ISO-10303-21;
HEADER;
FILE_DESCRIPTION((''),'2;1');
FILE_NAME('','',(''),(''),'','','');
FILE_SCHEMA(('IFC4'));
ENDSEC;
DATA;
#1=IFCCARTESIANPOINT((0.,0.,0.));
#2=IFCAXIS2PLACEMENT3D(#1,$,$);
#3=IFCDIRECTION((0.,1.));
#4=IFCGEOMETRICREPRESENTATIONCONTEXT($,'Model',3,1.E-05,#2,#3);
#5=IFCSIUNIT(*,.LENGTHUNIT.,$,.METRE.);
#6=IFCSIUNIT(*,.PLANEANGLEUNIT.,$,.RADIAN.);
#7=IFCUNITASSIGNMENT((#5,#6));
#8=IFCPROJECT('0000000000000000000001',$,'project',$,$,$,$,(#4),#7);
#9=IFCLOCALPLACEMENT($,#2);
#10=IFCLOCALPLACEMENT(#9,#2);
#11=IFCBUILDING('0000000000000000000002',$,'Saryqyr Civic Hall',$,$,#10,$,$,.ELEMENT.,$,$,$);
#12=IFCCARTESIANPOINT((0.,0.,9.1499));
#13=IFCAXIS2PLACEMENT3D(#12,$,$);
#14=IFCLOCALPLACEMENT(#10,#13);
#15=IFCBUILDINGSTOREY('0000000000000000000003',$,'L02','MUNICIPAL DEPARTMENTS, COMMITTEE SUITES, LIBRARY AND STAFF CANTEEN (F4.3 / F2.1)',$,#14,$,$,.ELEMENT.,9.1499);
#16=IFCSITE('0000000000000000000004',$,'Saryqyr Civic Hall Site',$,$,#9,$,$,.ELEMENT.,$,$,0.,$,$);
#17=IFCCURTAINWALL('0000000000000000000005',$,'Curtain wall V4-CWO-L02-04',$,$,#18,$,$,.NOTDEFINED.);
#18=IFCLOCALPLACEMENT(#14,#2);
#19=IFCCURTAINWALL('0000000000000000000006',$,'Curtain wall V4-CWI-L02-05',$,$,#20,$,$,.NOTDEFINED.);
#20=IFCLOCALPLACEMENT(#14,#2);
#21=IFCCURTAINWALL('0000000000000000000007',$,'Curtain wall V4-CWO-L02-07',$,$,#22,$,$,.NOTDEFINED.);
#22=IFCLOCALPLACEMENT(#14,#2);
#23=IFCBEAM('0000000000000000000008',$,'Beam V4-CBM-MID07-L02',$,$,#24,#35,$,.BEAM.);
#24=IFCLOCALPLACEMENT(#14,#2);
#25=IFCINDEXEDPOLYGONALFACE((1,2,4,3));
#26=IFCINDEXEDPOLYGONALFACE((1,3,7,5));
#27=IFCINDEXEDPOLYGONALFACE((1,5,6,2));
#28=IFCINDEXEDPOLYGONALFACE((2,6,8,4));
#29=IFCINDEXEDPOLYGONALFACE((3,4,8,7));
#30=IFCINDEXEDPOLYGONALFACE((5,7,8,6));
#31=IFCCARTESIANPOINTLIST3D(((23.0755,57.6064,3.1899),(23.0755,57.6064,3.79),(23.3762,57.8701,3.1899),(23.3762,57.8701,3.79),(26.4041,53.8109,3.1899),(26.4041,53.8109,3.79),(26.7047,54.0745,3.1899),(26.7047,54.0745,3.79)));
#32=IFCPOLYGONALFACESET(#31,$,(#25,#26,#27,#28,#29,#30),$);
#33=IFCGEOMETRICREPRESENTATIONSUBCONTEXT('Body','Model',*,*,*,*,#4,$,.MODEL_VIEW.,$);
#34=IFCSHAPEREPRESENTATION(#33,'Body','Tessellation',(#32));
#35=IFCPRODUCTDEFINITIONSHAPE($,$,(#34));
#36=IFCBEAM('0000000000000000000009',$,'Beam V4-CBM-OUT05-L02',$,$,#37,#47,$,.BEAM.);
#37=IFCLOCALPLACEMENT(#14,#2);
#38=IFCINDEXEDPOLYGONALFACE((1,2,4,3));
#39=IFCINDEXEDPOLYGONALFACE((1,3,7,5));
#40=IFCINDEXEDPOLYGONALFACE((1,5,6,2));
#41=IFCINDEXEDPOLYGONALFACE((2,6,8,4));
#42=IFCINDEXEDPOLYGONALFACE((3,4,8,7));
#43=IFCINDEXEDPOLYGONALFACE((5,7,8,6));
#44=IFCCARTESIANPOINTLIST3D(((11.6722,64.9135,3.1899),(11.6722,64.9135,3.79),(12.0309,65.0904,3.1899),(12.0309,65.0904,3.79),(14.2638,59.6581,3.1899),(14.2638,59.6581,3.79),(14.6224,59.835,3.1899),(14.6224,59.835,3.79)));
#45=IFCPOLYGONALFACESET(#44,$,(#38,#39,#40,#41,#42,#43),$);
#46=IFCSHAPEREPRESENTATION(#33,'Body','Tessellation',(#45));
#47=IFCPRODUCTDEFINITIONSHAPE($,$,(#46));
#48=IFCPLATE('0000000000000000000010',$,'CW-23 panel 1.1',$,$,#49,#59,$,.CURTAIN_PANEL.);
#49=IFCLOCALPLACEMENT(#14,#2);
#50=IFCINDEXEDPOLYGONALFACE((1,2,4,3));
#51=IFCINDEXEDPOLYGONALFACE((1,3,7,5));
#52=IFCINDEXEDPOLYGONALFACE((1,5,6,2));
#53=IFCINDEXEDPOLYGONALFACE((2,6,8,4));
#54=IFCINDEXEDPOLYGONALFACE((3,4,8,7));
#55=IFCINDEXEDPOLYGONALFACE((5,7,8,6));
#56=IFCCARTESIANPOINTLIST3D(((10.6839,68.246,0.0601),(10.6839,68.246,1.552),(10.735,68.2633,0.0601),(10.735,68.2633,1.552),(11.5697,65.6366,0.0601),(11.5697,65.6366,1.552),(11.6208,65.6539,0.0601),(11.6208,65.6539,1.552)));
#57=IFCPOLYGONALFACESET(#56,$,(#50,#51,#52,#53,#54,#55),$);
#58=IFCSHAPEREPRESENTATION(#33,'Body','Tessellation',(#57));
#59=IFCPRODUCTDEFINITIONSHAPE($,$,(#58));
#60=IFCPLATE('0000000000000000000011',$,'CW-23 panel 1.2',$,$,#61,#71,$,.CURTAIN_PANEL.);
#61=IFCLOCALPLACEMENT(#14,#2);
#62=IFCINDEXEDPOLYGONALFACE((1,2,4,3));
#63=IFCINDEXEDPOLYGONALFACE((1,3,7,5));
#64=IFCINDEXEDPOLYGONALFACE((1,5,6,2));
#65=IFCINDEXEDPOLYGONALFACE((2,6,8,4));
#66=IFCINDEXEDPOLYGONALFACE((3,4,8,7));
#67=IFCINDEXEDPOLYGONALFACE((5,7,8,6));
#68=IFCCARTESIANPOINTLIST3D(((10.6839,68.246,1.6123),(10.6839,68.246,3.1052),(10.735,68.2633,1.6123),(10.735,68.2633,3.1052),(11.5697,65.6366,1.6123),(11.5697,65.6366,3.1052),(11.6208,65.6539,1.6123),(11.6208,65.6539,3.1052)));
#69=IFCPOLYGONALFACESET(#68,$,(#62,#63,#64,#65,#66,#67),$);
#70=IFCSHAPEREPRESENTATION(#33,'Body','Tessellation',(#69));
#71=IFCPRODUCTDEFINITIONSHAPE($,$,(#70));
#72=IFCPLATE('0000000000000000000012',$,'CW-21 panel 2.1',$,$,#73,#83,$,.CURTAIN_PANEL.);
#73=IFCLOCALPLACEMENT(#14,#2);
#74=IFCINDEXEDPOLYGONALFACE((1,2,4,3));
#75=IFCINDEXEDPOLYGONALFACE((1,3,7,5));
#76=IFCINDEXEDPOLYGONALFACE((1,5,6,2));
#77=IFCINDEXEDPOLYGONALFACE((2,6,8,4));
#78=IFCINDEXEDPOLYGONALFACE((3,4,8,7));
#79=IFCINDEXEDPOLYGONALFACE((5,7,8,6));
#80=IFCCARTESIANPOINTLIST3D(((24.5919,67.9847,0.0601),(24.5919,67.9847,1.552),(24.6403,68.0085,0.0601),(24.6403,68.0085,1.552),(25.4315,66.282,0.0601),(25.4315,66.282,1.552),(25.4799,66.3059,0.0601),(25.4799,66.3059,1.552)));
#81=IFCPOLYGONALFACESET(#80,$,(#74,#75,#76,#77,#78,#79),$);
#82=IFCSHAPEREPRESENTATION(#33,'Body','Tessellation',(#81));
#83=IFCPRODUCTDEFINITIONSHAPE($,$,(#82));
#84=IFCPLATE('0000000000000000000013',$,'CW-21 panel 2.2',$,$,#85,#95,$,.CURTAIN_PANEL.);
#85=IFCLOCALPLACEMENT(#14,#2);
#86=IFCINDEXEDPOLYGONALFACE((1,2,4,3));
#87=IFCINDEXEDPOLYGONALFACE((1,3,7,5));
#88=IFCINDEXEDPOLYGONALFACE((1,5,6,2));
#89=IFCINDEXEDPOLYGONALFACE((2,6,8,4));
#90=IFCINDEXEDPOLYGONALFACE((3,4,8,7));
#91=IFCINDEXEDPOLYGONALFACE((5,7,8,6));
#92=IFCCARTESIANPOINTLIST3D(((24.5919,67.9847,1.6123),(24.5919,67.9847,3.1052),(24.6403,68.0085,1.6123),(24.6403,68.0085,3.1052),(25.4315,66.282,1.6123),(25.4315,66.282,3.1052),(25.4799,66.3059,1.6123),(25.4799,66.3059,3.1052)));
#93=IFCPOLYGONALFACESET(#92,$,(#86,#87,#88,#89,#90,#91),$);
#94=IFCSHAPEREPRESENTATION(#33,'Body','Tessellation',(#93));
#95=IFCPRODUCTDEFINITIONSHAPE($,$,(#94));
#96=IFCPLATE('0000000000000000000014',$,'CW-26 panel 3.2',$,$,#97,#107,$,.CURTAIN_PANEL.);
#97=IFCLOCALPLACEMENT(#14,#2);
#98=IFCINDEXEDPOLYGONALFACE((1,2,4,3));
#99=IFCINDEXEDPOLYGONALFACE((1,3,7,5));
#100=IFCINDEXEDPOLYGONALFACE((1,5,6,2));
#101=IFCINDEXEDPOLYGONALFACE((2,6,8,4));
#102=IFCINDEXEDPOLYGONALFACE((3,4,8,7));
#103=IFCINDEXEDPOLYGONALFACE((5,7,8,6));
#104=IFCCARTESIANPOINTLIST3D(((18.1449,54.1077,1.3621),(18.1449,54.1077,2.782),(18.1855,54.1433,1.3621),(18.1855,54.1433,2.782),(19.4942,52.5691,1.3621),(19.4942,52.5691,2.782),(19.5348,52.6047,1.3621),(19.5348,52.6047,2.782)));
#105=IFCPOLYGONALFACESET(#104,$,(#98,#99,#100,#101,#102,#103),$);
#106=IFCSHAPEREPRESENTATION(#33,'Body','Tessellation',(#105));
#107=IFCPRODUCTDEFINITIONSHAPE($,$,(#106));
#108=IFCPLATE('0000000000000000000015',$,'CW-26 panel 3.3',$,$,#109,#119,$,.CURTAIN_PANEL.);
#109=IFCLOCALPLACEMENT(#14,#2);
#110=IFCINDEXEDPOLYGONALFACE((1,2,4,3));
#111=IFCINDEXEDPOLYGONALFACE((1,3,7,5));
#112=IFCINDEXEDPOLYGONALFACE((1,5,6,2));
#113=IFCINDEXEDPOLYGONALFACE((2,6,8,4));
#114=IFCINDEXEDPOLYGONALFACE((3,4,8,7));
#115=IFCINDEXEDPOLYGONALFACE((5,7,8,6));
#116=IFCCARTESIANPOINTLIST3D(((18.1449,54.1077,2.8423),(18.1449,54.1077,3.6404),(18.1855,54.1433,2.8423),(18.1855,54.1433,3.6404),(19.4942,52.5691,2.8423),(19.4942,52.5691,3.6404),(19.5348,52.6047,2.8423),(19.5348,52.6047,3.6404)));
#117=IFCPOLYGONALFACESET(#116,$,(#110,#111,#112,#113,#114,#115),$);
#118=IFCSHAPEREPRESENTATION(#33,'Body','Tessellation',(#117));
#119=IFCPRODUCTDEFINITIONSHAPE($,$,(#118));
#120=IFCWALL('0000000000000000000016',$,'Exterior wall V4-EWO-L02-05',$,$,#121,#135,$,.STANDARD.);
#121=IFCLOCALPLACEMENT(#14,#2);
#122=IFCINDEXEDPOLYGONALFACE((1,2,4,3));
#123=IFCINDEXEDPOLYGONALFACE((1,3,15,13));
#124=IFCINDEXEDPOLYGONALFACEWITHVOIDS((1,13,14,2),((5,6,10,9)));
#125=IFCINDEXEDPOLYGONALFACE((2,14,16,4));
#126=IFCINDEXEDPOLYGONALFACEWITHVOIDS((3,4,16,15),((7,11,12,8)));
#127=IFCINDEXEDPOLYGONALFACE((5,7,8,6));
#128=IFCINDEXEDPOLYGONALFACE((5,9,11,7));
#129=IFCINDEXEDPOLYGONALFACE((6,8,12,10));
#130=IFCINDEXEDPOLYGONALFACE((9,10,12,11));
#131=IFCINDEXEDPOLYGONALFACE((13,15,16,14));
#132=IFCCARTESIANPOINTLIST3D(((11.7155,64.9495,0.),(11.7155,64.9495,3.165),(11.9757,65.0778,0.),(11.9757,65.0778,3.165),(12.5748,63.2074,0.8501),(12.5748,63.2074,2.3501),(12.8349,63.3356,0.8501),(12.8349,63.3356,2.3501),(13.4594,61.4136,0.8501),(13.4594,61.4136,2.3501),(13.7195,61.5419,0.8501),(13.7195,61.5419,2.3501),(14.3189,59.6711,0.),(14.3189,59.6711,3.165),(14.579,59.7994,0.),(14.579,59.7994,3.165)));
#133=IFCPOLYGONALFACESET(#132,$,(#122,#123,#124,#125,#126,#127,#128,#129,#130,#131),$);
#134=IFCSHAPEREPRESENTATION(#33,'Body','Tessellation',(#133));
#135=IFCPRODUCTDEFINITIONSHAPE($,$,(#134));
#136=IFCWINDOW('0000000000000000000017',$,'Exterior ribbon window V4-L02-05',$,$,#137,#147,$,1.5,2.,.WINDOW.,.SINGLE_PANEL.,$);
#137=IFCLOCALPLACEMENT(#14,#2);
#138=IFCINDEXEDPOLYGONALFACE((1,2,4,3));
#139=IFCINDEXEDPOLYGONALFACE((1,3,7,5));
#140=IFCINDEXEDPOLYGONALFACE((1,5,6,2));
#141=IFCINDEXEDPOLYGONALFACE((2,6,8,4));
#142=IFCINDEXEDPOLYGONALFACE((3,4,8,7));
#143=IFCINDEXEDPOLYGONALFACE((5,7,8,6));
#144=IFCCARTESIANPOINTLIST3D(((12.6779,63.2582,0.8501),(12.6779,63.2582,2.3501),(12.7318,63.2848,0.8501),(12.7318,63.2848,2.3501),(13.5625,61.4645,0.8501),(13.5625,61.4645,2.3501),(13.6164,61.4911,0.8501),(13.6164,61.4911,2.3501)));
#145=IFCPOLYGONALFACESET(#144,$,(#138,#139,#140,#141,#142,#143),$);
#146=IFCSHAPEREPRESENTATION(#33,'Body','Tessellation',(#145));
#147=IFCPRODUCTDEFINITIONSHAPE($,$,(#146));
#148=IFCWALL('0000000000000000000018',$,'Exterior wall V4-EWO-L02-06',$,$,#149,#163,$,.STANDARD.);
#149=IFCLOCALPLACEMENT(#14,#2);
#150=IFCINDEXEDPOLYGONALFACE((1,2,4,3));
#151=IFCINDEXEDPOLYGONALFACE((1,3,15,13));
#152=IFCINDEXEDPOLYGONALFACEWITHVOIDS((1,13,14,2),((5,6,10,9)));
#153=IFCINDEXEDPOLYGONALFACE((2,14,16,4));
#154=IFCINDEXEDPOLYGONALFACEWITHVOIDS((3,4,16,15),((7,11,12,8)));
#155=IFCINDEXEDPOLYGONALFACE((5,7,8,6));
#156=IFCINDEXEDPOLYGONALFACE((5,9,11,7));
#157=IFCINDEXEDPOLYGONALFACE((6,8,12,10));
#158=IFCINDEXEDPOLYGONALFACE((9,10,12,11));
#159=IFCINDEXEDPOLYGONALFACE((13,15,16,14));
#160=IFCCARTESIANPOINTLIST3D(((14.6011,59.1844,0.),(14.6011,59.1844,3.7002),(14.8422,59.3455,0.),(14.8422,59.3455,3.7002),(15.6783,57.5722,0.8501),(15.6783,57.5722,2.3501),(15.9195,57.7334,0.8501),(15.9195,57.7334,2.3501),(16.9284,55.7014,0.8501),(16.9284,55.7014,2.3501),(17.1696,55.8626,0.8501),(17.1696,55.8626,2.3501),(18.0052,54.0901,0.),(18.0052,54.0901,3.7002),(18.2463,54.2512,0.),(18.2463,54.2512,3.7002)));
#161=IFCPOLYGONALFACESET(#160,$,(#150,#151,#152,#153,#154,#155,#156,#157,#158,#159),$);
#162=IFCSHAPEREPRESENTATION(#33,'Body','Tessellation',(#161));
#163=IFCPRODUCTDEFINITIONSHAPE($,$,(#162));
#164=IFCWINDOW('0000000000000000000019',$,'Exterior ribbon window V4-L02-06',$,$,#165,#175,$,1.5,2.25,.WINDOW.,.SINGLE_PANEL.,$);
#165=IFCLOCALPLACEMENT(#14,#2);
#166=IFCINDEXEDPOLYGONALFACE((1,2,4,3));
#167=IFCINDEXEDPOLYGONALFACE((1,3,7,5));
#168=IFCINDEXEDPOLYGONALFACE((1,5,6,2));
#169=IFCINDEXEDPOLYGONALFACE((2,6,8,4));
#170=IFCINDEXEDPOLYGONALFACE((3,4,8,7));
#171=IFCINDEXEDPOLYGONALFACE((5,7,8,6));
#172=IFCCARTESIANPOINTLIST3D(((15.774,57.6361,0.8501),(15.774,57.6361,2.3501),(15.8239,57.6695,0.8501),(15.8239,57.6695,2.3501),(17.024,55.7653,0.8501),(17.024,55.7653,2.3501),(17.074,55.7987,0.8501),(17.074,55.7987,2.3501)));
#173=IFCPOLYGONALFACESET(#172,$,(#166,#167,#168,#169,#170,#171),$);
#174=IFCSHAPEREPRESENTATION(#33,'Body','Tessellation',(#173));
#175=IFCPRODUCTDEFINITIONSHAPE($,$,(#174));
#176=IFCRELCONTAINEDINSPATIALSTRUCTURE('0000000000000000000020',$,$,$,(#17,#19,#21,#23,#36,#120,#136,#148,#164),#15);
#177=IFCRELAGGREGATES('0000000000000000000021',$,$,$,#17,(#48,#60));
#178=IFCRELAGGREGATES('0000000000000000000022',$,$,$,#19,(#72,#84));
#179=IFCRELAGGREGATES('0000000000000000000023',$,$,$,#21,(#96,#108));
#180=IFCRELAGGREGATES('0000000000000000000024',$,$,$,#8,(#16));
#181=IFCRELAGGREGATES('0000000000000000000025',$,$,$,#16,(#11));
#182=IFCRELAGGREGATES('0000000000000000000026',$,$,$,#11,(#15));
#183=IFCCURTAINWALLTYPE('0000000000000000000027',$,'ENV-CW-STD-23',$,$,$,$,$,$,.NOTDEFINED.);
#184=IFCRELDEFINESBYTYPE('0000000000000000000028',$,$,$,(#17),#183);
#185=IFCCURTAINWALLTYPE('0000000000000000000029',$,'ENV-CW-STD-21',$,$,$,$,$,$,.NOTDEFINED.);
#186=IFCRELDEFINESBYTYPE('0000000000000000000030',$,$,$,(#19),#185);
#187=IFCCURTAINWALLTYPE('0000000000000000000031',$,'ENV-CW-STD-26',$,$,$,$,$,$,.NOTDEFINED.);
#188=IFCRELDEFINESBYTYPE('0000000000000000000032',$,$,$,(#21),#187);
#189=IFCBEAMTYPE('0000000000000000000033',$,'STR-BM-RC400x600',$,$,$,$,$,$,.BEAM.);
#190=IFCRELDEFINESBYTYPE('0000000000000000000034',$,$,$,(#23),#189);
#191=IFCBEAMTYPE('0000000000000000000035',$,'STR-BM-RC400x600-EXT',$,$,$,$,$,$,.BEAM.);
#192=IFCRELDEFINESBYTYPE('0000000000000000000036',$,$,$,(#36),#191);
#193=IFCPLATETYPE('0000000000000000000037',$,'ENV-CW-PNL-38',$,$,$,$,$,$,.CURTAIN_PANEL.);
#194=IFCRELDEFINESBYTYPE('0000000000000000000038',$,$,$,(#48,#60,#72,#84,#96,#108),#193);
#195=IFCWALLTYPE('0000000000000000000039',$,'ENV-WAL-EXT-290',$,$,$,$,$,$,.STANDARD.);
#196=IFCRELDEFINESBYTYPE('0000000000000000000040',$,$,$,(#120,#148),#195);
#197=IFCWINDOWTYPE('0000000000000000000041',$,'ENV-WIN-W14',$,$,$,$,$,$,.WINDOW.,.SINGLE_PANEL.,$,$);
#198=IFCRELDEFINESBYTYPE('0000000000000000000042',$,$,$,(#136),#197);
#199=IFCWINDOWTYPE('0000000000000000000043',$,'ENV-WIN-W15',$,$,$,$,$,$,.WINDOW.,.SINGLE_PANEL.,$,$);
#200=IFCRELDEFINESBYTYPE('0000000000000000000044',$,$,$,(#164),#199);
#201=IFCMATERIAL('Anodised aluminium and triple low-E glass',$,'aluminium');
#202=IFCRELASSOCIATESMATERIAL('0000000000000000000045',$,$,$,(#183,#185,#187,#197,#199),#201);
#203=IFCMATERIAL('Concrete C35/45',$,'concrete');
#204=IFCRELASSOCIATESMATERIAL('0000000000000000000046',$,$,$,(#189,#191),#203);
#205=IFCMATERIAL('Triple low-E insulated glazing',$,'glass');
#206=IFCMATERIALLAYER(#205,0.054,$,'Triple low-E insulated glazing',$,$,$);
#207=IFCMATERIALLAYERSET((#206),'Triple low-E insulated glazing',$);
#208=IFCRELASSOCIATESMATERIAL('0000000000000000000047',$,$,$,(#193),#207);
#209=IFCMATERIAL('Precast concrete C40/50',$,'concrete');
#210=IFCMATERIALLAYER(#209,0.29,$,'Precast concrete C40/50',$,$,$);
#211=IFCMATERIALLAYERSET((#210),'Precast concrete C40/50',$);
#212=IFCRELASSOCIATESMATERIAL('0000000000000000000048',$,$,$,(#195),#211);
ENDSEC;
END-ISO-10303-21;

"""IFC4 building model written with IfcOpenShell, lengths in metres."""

from ifc_helpers import new_model, si_unit, direction, frame, frame_2d, origin, origin_2d, place, context, subcontext, project, spatial, rectangle, extrude, material, layer, layer_set, material_profile, profile_set, type_object, element, fill, aggregate, save


model = new_model("IFC4")

# Units and contexts
model_context = context("Model", 3, precision=1e-05, world=origin(), true_north=direction((0.0, 1.0)))
body_context = subcontext(model_context, "Body", "Model", "MODEL_VIEW")
ifc_project = project(units=[si_unit("LENGTHUNIT", "METRE"), si_unit("PLANEANGLEUNIT", "RADIAN")], contexts=[model_context])

# Site, building, storey
site_placement = place(None, origin())
site = spatial("IfcSite", under=ifc_project, at=site_placement, Name="Saryqyr Civic Hall Site", CompositionType="ELEMENT", RefElevation=0.0)
building_placement = place(site_placement, origin())
building = spatial("IfcBuilding", under=site, at=building_placement, Name="Saryqyr Civic Hall", CompositionType="ELEMENT")
storey_placement = place(building_placement, frame((0.0, 0.0, 9.1499)))
storey = spatial("IfcBuildingStorey", under=building, at=storey_placement, Name="L02", Description="MUNICIPAL DEPARTMENTS, COMMITTEE SUITES, LIBRARY AND STAFF CANTEEN (F4.3 / F2.1)", CompositionType="ELEMENT", Elevation=9.1499)

# Curtain wall
ifc_material_1 = material(Name="Anodised aluminium and triple low-E glass", Category="aluminium")
curtain_wall_type_1 = type_object("IfcCurtainWallType", Name="ENV-CW-STD-23", PredefinedType="NOTDEFINED", material=ifc_material_1)
curtain_wall_1_placement = place(storey_placement, origin())
curtain_wall_1 = element("IfcCurtainWall", 1, at=curtain_wall_1_placement, inside=storey, type_object=curtain_wall_type_1, Name="Curtain wall V4-CWO-L02-04", PredefinedType="NOTDEFINED")

# Curtain wall
curtain_wall_type_2 = type_object("IfcCurtainWallType", Name="ENV-CW-STD-21", PredefinedType="NOTDEFINED", material=ifc_material_1)
curtain_wall_2_placement = place(storey_placement, origin())
curtain_wall_2 = element("IfcCurtainWall", 2, at=curtain_wall_2_placement, inside=storey, type_object=curtain_wall_type_2, Name="Curtain wall V4-CWI-L02-05", PredefinedType="NOTDEFINED")

# Curtain wall
curtain_wall_type_3 = type_object("IfcCurtainWallType", Name="ENV-CW-STD-26", PredefinedType="NOTDEFINED", material=ifc_material_1)
curtain_wall_3_placement = place(storey_placement, origin())
curtain_wall_3 = element("IfcCurtainWall", 3, at=curtain_wall_3_placement, inside=storey, type_object=curtain_wall_type_3, Name="Curtain wall V4-CWO-L02-07", PredefinedType="NOTDEFINED")

# Shared definitions
ifc_material_2 = material(Name="Precast concrete C40/50", Category="concrete")

# Beams
ifc_material_3 = material(Name="Concrete C35/45", Category="concrete")
ifc_material_profile_1 = material_profile(ifc_material_3, rectangle(XDim=0.3999, YDim=0.6001, at=origin_2d()), Name="RC 400x600")
ifc_profile_set_1 = profile_set([ifc_material_profile_1], Name="Concrete C35/45")
beam_type_1 = type_object("IfcBeamType", Name="STR-BM-RC400x600", PredefinedType="BEAM", material=ifc_profile_set_1)
beam_1_placement = place(storey_placement, frame((23.2258, 57.7383, 3.49), z_axis=(0.659336, -0.751848, 0.0), x_axis=(0.751848, 0.659336, 0.0)))
element("IfcBeam", 4, at=beam_1_placement, inside=storey, type_object=beam_type_1, Name="Beam V4-CBM-MID07-L02", PredefinedType="BEAM", context=body_context, shape_type="SweptSolid", body=[
    extrude(rectangle(XDim=0.3999, YDim=0.6001, at=origin_2d()), origin(), (0.0, 0.0, 1.0), 5.0483),
])
ifc_material_profile_2 = material_profile(ifc_material_3, rectangle(XDim=0.3999, YDim=0.6001, at=origin_2d()), Name="RC 400x600")
ifc_profile_set_2 = profile_set([ifc_material_profile_2], Name="Concrete C35/45")
beam_type_2 = type_object("IfcBeamType", Name="STR-BM-RC400x600-EXT", PredefinedType="BEAM", material=ifc_profile_set_2)
beam_2_placement = place(storey_placement, frame((11.8516, 65.002, 3.49), z_axis=(0.442274, -0.89688, 0.0), x_axis=(0.89688, 0.442274, 0.0)))
element("IfcBeam", 5, at=beam_2_placement, inside=storey, type_object=beam_type_2, Name="Beam V4-CBM-OUT05-L02", PredefinedType="BEAM", context=body_context, shape_type="SweptSolid", body=[
    extrude(rectangle(XDim=0.3999, YDim=0.6001, at=origin_2d()), origin(), (0.0, 0.0, 1.0), 5.8596),
])

# Plates
ifc_material_4 = material(Name="Triple low-E insulated glazing", Category="glass")
ifc_layer_1 = layer(ifc_material_4, 0.054, Name="Triple low-E insulated glazing")
ifc_layer_set_1 = layer_set([ifc_layer_1], Name="Triple low-E insulated glazing")
plate_type = type_object("IfcPlateType", Name="ENV-CW-PNL-38", PredefinedType="CURTAIN_PANEL", material=ifc_layer_set_1)
plate_1_placement = place(storey_placement, frame((11.1523, 66.95, 0.0601), z_axis=(0.0, 0.0, 1.0), x_axis=(-0.321447, 0.946928, 0.0)))
plate_1 = element("IfcPlate", 6, at=plate_1_placement, type_object=plate_type, Name="CW-23 panel 1.1", PredefinedType="CURTAIN_PANEL", context=body_context, shape_type="SweptSolid", body=[
    extrude(rectangle(XDim=2.7556, YDim=0.054, at=origin_2d()), origin(), (0.0, 0.0, 1.0), 1.4919),
])
plate_2_placement = place(storey_placement, frame((11.1523, 66.95, 1.6123), z_axis=(0.0, 0.0, 1.0), x_axis=(-0.321447, 0.946928, 0.0)))
plate_2 = element("IfcPlate", 7, at=plate_2_placement, type_object=plate_type, Name="CW-23 panel 1.2", PredefinedType="CURTAIN_PANEL", context=body_context, shape_type="SweptSolid", body=[
    extrude(rectangle(XDim=2.7556, YDim=0.054, at=origin_2d()), origin(), (0.0, 0.0, 1.0), 1.4929),
])
aggregate(curtain_wall_1, [plate_1, plate_2])
plate_3_placement = place(storey_placement, frame((25.0359, 67.1453, 0.0601), z_axis=(0.0, 0.0, 1.0), x_axis=(0.442268, -0.896883, 0.0)))
plate_3 = element("IfcPlate", 8, at=plate_3_placement, type_object=plate_type, Name="CW-21 panel 2.1", PredefinedType="CURTAIN_PANEL", context=body_context, shape_type="SweptSolid", body=[
    extrude(rectangle(XDim=1.8984, YDim=0.054, at=origin_2d()), origin(), (0.0, 0.0, 1.0), 1.4919),
])
plate_4_placement = place(storey_placement, frame((25.0359, 67.1453, 1.6123), z_axis=(0.0, 0.0, 1.0), x_axis=(0.442268, -0.896883, 0.0)))
plate_4 = element("IfcPlate", 9, at=plate_4_placement, type_object=plate_type, Name="CW-21 panel 2.2", PredefinedType="CURTAIN_PANEL", context=body_context, shape_type="SweptSolid", body=[
    extrude(rectangle(XDim=1.8984, YDim=0.054, at=origin_2d()), origin(), (0.0, 0.0, 1.0), 1.4929),
])
aggregate(curtain_wall_2, [plate_3, plate_4])
plate_5_placement = place(storey_placement, frame((18.8398, 53.3562, 1.3621), z_axis=(0.0, 0.0, 1.0), x_axis=(-0.659349, 0.751837, 0.0)))
plate_5 = element("IfcPlate", 10, at=plate_5_placement, type_object=plate_type, Name="CW-26 panel 3.2", PredefinedType="CURTAIN_PANEL", context=body_context, shape_type="SweptSolid", body=[
    extrude(rectangle(XDim=2.0464, YDim=0.054, at=origin_2d()), origin(), (0.0, 0.0, 1.0), 1.4199),
])
plate_6_placement = place(storey_placement, frame((18.8398, 53.3562, 2.8423), z_axis=(0.0, 0.0, 1.0), x_axis=(-0.659349, 0.751837, 0.0)))
plate_6 = element("IfcPlate", 11, at=plate_6_placement, type_object=plate_type, Name="CW-26 panel 3.3", PredefinedType="CURTAIN_PANEL", context=body_context, shape_type="SweptSolid", body=[
    extrude(rectangle(XDim=2.0464, YDim=0.054, at=origin_2d()), origin(), (0.0, 0.0, 1.0), 0.7981),
])
aggregate(curtain_wall_3, [plate_5, plate_6])

# Walls, openings, windows
ifc_layer_2 = layer(ifc_material_2, 0.29, Name="Precast concrete C40/50")
ifc_layer_set_2 = layer_set([ifc_layer_2], Name="Precast concrete C40/50")
wall_type_1 = type_object("IfcWallType", Name="ENV-WAL-EXT-290", PredefinedType="STANDARD", material=ifc_layer_set_2)
wall_1_placement = place(storey_placement, frame((14.449, 59.7351, 0.0), z_axis=(0.0, 0.0, 1.0), x_axis=(-0.442329, 0.896853, 0.0)))
wall_1 = element("IfcWall", 12, at=wall_1_placement, inside=storey, type_object=wall_type_1, Name="Exterior wall V4-EWO-L02-05", PredefinedType="STANDARD", context=body_context, shape_type="SweptSolid", body=[
    extrude(rectangle(XDim=5.8855, YDim=0.29, at=frame_2d((2.9429, 0.0))), origin(), (0.0, 0.0, 1.0), 3.165),
])
opening_1_placement = place(wall_1_placement, frame((1.9431, 0.0, 0.8501)))
opening_1 = element("IfcOpeningElement", 13, at=opening_1_placement, cuts=wall_1, PredefinedType="OPENING", context=body_context, shape_type="SweptSolid", body=[
    extrude(rectangle(XDim=2.0, YDim=1.5, at=frame_2d((1.0, 0.75))), frame((0.0, 0.155, 0.0), z_axis=(0.0, -1.0, 0.0), x_axis=(1.0, 0.0, 0.0)), (0.0, 0.0, 1.0), 0.3101),
])
window_type_1 = type_object("IfcWindowType", Name="ENV-WIN-W14", PartitioningType="SINGLE_PANEL", PredefinedType="WINDOW", material=ifc_material_1)
window_1_placement = place(opening_1_placement, origin())
window_1 = element("IfcWindow", 14, at=window_1_placement, inside=storey, type_object=window_type_1, Name="Exterior ribbon window V4-L02-05", OverallHeight=1.5, OverallWidth=2.0, PartitioningType="SINGLE_PANEL", PredefinedType="WINDOW", context=body_context, shape_type="SweptSolid", body=[
    extrude(rectangle(XDim=2.0, YDim=1.5, at=frame_2d((1.0, 0.75))), frame((0.0, 0.03, 0.0), z_axis=(0.0, -1.0, 0.0), x_axis=(1.0, 0.0, 0.0)), (0.0, 0.0, 1.0), 0.0601),
])
fill(opening_1, window_1)
wall_2_placement = place(storey_placement, frame((18.1257, 54.1707, 0.0), z_axis=(0.0, 0.0, 1.0), x_axis=(-0.555592, 0.831455, 0.0)))
wall_2 = element("IfcWall", 15, at=wall_2_placement, inside=storey, type_object=wall_type_1, Name="Exterior wall V4-EWO-L02-06", PredefinedType="STANDARD", context=body_context, shape_type="SweptSolid", body=[
    extrude(rectangle(XDim=6.127, YDim=0.29, at=frame_2d((3.0635, 0.0))), origin(), (0.0, 0.0, 1.0), 3.7002),
])
opening_2_placement = place(wall_2_placement, frame((1.938, 0.0, 0.8501)))
opening_2 = element("IfcOpeningElement", 16, at=opening_2_placement, cuts=wall_2, PredefinedType="OPENING", context=body_context, shape_type="SweptSolid", body=[
    extrude(rectangle(XDim=2.25, YDim=1.5, at=frame_2d((1.125, 0.75))), frame((0.0, 0.155, 0.0), z_axis=(0.0, -1.0, 0.0), x_axis=(1.0, 0.0, 0.0)), (0.0, 0.0, 1.0), 0.3101),
])
window_type_2 = type_object("IfcWindowType", Name="ENV-WIN-W15", PartitioningType="SINGLE_PANEL", PredefinedType="WINDOW", material=ifc_material_1)
window_2_placement = place(opening_2_placement, origin())
window_2 = element("IfcWindow", 17, at=window_2_placement, inside=storey, type_object=window_type_2, Name="Exterior ribbon window V4-L02-06", OverallHeight=1.5, OverallWidth=2.25, PartitioningType="SINGLE_PANEL", PredefinedType="WINDOW", context=body_context, shape_type="SweptSolid", body=[
    extrude(rectangle(XDim=2.25, YDim=1.5, at=frame_2d((1.125, 0.75))), frame((0.0, 0.03, 0.0), z_axis=(0.0, -1.0, 0.0), x_axis=(1.0, 0.0, 0.0)), (0.0, 0.0, 1.0), 0.0601),
])
fill(opening_2, window_2)

save(model, "model.ifc")
